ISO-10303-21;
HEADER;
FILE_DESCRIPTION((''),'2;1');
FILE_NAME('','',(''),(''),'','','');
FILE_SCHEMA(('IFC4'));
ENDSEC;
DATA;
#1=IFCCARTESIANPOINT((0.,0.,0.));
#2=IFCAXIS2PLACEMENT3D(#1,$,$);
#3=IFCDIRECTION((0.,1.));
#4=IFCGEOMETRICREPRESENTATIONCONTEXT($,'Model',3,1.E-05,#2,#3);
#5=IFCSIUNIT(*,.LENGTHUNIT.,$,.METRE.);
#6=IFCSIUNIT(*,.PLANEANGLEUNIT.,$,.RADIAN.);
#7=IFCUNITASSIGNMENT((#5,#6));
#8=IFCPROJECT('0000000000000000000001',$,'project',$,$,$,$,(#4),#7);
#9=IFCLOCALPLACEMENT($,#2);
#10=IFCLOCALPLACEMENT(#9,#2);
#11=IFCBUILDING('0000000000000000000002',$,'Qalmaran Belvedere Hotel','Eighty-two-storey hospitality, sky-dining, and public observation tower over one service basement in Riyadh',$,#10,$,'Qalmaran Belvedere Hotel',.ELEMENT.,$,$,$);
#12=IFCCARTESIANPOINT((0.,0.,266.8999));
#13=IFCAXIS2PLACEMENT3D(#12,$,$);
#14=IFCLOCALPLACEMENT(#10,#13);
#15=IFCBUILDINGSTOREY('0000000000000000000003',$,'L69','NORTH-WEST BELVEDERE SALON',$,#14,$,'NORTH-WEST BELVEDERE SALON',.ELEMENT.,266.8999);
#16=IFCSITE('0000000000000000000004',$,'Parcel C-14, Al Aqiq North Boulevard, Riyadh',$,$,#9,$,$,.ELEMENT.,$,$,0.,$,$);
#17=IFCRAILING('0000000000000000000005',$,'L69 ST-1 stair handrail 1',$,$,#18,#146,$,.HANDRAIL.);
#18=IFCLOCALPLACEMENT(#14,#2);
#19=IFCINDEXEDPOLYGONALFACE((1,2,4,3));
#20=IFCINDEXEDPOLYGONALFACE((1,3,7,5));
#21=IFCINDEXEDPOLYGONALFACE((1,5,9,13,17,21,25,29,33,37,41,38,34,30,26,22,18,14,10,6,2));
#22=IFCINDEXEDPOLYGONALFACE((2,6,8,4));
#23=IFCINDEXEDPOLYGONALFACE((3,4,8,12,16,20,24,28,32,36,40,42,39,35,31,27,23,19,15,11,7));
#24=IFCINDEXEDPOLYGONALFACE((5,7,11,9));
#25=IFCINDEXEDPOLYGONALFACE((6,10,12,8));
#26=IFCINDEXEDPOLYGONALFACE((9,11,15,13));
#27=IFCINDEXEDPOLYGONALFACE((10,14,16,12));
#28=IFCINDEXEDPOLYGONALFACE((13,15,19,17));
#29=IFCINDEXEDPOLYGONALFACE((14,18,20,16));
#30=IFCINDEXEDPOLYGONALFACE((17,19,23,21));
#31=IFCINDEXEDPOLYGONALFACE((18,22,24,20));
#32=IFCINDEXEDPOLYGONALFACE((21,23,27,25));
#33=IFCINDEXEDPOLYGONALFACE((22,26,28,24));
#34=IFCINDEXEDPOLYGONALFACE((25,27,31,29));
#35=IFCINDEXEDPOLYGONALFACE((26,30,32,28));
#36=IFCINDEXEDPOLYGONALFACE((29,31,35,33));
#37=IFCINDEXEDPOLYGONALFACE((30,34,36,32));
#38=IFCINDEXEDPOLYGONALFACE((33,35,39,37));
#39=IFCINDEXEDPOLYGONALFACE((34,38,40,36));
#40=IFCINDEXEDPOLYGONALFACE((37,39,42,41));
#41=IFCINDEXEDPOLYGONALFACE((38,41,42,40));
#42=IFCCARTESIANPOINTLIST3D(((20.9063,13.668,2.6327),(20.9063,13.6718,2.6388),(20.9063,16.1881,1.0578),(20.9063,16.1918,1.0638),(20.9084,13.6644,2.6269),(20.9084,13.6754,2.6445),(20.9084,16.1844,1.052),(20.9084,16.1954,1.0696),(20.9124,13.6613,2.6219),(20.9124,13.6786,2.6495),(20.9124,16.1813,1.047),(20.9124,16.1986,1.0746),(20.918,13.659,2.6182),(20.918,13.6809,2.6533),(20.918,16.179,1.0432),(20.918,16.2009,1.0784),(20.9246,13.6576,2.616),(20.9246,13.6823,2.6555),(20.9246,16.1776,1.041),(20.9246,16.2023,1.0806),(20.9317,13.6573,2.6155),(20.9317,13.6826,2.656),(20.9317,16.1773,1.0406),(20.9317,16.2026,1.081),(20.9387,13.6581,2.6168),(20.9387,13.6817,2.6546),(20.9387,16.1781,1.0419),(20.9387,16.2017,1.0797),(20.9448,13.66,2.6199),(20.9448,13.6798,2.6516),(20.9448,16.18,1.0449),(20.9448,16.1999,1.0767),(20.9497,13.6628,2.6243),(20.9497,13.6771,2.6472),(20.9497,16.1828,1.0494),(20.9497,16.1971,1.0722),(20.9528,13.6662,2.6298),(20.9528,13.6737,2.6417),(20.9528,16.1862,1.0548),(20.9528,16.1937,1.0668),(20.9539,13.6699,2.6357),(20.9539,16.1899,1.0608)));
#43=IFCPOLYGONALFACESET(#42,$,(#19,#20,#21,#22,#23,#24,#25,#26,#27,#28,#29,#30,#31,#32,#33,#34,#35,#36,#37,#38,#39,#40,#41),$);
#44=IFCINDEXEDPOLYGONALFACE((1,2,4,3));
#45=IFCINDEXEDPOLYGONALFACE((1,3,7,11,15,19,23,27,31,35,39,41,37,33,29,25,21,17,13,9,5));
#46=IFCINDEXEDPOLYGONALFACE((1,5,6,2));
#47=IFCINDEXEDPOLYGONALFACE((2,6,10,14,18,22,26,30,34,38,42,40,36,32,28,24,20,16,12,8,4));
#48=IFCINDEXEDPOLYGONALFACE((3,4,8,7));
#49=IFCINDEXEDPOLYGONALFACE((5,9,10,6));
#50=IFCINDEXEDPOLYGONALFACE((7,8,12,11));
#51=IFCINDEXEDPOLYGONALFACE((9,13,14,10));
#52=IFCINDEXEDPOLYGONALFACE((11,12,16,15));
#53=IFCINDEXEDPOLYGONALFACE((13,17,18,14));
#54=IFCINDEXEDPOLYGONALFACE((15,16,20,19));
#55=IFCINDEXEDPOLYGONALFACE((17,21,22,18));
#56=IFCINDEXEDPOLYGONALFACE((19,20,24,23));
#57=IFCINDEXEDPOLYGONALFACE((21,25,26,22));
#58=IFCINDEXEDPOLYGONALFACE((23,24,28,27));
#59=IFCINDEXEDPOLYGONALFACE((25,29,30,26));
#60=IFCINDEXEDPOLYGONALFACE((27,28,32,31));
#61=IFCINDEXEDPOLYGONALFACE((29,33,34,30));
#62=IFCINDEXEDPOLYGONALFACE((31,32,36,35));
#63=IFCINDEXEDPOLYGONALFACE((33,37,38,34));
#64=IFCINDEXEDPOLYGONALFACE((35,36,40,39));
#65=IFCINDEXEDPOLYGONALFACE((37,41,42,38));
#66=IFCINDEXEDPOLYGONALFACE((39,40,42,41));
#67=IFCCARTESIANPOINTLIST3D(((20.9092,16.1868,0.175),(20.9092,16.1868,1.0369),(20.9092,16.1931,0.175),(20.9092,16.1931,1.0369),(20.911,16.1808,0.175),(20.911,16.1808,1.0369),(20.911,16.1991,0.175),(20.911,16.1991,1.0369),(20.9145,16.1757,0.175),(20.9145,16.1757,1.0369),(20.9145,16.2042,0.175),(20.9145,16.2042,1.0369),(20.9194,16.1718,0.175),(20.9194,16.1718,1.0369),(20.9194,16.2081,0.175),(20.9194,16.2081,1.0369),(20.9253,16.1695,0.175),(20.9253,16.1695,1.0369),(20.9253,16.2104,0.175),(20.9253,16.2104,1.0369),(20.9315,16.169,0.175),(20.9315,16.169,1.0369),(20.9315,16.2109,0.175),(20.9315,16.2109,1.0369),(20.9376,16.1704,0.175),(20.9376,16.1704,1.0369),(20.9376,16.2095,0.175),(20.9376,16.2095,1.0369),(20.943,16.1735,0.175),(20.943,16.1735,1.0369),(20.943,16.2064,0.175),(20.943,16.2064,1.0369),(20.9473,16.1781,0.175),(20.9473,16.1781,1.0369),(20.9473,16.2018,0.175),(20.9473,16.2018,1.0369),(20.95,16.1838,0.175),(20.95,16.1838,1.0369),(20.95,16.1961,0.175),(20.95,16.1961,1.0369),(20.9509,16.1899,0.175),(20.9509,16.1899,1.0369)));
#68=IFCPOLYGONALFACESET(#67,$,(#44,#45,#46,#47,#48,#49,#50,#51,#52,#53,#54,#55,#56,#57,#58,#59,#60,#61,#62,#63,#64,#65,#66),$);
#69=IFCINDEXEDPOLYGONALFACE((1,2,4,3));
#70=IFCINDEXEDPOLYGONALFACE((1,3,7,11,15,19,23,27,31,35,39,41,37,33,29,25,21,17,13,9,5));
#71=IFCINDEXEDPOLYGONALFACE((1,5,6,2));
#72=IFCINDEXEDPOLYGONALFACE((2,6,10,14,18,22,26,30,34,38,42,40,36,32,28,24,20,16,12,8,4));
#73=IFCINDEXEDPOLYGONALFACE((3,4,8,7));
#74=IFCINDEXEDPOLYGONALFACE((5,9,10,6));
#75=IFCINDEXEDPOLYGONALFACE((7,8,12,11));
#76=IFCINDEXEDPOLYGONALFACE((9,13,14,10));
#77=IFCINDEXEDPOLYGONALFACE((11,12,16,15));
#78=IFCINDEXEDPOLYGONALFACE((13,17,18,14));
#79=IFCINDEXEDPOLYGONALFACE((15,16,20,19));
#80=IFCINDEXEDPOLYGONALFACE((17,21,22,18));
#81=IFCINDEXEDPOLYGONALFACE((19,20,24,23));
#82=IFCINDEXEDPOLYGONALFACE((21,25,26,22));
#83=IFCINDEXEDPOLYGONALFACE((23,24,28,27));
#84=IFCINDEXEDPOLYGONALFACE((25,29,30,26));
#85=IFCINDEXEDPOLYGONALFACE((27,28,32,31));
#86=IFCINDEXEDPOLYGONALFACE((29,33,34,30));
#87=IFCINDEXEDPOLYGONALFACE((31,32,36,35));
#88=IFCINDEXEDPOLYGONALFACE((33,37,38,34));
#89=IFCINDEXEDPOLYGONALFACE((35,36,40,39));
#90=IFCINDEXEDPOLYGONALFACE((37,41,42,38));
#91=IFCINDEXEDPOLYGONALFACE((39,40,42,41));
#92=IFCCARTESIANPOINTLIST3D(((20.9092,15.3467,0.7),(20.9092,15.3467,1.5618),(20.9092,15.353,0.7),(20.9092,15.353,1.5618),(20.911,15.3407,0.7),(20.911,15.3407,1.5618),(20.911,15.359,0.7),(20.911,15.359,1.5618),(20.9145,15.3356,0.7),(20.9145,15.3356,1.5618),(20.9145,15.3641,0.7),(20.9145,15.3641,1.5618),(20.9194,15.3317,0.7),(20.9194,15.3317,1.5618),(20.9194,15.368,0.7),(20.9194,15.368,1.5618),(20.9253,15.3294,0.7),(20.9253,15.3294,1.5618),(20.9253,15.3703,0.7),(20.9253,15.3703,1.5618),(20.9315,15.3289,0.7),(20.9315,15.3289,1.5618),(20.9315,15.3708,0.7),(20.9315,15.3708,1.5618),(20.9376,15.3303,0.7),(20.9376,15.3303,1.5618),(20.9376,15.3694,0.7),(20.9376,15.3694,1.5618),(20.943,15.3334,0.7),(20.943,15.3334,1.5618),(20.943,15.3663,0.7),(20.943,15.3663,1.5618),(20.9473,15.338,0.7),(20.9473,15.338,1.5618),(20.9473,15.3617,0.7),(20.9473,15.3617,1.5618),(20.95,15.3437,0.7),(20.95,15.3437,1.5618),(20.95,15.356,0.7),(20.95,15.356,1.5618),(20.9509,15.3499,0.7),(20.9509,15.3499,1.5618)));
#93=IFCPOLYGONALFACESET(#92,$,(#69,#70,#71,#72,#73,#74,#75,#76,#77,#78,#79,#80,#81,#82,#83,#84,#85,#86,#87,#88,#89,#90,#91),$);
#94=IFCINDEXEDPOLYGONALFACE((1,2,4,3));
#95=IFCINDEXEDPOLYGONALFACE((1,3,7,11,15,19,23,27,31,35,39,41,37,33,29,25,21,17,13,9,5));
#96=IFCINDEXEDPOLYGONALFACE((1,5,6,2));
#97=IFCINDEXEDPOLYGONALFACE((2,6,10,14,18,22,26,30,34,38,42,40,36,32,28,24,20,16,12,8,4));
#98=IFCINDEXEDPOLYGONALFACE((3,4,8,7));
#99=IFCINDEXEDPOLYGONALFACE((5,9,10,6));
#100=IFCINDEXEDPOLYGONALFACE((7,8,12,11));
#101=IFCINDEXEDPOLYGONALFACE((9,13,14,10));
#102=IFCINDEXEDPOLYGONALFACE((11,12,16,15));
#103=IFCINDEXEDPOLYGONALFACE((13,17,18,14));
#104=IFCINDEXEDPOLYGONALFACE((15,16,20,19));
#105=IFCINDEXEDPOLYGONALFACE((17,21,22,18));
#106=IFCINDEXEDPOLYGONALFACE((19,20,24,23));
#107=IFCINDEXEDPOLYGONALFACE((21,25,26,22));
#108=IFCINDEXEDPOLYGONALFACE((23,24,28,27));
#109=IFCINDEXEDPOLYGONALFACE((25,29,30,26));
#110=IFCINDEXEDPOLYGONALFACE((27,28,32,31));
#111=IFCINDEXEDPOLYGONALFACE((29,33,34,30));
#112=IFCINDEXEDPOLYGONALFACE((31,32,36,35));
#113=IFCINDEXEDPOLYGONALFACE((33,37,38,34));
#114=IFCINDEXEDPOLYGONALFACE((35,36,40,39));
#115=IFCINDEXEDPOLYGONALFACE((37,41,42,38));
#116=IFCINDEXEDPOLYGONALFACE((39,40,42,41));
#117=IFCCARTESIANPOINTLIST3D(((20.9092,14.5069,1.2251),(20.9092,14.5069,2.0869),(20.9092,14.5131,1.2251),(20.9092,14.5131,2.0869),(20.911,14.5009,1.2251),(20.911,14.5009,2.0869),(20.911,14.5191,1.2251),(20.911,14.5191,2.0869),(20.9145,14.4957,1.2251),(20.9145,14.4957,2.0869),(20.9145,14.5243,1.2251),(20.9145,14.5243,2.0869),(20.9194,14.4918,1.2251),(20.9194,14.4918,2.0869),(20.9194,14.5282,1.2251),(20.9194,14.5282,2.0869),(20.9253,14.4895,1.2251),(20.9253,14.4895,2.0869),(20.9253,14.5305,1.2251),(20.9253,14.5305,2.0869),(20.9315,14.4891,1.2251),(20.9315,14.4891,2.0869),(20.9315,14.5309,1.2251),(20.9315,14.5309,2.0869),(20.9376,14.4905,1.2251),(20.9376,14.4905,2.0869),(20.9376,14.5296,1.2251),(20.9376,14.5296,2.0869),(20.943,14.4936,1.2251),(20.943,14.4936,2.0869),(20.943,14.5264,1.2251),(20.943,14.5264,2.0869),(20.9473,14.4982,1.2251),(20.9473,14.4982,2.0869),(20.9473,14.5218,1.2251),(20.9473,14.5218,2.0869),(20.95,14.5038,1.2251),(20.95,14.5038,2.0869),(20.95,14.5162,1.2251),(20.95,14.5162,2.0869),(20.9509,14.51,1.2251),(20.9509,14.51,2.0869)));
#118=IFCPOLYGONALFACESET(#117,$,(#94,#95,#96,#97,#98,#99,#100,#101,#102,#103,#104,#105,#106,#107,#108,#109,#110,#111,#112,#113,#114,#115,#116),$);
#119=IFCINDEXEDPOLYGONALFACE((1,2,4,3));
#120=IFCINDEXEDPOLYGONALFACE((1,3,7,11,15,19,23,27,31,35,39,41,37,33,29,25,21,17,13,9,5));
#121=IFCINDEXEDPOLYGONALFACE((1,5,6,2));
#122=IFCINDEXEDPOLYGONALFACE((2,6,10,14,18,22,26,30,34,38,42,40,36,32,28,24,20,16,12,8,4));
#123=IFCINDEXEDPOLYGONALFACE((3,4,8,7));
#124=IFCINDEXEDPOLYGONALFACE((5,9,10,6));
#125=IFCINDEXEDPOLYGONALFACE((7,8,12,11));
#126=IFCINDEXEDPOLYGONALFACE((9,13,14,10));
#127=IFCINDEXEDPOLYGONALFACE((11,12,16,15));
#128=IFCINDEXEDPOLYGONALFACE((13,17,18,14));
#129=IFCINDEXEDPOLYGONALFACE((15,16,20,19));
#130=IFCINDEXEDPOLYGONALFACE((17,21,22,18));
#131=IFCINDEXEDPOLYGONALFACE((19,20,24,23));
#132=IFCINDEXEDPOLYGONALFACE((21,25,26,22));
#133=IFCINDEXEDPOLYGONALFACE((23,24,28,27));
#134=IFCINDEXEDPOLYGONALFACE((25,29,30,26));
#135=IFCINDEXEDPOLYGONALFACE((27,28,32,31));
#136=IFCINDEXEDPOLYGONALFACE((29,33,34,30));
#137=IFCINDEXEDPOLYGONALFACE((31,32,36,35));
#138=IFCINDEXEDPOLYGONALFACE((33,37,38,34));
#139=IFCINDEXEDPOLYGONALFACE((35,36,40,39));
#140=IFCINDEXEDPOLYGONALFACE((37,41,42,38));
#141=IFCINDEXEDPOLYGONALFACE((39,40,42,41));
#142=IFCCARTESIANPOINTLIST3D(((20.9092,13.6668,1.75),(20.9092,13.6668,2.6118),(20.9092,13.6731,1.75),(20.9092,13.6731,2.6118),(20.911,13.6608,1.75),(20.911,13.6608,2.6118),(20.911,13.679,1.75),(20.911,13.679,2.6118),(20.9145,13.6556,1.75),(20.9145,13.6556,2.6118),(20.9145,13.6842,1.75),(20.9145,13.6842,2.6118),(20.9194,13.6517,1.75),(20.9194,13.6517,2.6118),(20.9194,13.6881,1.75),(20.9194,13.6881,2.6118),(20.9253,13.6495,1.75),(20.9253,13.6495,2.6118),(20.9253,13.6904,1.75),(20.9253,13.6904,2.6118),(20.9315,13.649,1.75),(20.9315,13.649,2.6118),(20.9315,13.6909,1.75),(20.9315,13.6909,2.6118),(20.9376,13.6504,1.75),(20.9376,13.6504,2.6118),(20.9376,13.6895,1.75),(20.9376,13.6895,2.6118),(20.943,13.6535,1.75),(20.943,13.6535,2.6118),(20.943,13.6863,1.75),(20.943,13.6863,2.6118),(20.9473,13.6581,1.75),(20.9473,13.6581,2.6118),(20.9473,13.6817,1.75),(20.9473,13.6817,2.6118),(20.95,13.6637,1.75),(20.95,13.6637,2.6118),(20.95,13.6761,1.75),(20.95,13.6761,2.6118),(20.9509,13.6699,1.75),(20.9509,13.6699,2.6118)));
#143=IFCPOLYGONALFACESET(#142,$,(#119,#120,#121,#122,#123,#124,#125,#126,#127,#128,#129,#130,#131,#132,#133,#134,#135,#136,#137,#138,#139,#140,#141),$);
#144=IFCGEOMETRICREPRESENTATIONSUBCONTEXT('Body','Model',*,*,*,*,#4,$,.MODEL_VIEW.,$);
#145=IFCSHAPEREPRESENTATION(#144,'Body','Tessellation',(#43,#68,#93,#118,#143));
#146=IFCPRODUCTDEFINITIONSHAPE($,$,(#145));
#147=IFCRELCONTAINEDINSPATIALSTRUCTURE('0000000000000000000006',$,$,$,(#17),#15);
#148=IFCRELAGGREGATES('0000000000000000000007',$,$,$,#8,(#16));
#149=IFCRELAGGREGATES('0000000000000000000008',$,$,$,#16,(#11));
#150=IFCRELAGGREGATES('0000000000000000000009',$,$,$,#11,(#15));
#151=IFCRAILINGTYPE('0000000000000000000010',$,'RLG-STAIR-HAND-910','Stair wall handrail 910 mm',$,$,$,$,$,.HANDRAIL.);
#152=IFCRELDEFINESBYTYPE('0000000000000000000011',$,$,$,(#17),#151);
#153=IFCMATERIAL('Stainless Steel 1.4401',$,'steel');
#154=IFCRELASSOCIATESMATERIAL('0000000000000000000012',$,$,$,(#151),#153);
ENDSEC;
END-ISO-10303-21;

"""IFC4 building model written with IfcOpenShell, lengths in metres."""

from ifc_helpers import new_model, si_unit, direction, frame, origin, origin_2d, place, context, subcontext, project, spatial, circle, extrude, material, type_object, element, save


model = new_model("IFC4")

# Units and contexts
model_context = context("Model", 3, precision=1e-05, world=origin(), true_north=direction((0.0, 1.0)))
body_context = subcontext(model_context, "Body", "Model", "MODEL_VIEW")
ifc_project = project(units=[si_unit("LENGTHUNIT", "METRE"), si_unit("PLANEANGLEUNIT", "RADIAN")], contexts=[model_context])

# Site, building, storey
site_placement = place(None, origin())
site = spatial("IfcSite", under=ifc_project, at=site_placement, Name="Parcel C-14, Al Aqiq North Boulevard, Riyadh", CompositionType="ELEMENT", RefElevation=0.0)
building_placement = place(site_placement, origin())
building = spatial("IfcBuilding", under=site, at=building_placement, Name="Qalmaran Belvedere Hotel", Description="Eighty-two-storey hospitality, sky-dining, and public observation tower over one service basement in Riyadh", LongName="Qalmaran Belvedere Hotel", CompositionType="ELEMENT")
storey_placement = place(building_placement, frame((0.0, 0.0, 266.8999)))
storey = spatial("IfcBuildingStorey", under=building, at=storey_placement, Name="L69", Description="NORTH-WEST BELVEDERE SALON", LongName="NORTH-WEST BELVEDERE SALON", CompositionType="ELEMENT", Elevation=266.8999)

# Shared definitions
ifc_material_1 = material(Name="Stainless Steel 1.4401", Category="steel")

# Railing
railing_type_1 = type_object("IfcRailingType", Name="RLG-STAIR-HAND-910", Description="Stair wall handrail 910 mm", PredefinedType="HANDRAIL", material=ifc_material_1)
railing_1_placement = place(storey_placement, frame((20.9299, 16.1899, 0.175)))
element("IfcRailing", 1, at=railing_1_placement, inside=storey, type_object=railing_type_1, Name="L69 ST-1 stair handrail 1", PredefinedType="HANDRAIL", context=body_context, shape_type="SweptSolid", body=[
    extrude(circle(Radius=0.0239, at=origin_2d()), frame((0.0, 0.0, 0.8857), z_axis=(0.0, -0.848008, 0.529984), x_axis=(1.0, 0.0, 0.0)), (0.0, 0.0, 1.0), 2.9717),
    extrude(circle(Radius=0.021, at=origin_2d()), origin(), (0.0, 0.0, 1.0), 0.8618),
    extrude(circle(Radius=0.021, at=origin_2d()), frame((0.0, -0.8401, 0.5249)), (0.0, 0.0, 1.0), 0.8618),
    extrude(circle(Radius=0.021, at=origin_2d()), frame((0.0, -1.6799, 1.05)), (0.0, 0.0, 1.0), 0.8618),
    extrude(circle(Radius=0.021, at=origin_2d()), frame((0.0, -2.52, 1.575)), (0.0, 0.0, 1.0), 0.8618),
])

save(model, "model.ifc")
